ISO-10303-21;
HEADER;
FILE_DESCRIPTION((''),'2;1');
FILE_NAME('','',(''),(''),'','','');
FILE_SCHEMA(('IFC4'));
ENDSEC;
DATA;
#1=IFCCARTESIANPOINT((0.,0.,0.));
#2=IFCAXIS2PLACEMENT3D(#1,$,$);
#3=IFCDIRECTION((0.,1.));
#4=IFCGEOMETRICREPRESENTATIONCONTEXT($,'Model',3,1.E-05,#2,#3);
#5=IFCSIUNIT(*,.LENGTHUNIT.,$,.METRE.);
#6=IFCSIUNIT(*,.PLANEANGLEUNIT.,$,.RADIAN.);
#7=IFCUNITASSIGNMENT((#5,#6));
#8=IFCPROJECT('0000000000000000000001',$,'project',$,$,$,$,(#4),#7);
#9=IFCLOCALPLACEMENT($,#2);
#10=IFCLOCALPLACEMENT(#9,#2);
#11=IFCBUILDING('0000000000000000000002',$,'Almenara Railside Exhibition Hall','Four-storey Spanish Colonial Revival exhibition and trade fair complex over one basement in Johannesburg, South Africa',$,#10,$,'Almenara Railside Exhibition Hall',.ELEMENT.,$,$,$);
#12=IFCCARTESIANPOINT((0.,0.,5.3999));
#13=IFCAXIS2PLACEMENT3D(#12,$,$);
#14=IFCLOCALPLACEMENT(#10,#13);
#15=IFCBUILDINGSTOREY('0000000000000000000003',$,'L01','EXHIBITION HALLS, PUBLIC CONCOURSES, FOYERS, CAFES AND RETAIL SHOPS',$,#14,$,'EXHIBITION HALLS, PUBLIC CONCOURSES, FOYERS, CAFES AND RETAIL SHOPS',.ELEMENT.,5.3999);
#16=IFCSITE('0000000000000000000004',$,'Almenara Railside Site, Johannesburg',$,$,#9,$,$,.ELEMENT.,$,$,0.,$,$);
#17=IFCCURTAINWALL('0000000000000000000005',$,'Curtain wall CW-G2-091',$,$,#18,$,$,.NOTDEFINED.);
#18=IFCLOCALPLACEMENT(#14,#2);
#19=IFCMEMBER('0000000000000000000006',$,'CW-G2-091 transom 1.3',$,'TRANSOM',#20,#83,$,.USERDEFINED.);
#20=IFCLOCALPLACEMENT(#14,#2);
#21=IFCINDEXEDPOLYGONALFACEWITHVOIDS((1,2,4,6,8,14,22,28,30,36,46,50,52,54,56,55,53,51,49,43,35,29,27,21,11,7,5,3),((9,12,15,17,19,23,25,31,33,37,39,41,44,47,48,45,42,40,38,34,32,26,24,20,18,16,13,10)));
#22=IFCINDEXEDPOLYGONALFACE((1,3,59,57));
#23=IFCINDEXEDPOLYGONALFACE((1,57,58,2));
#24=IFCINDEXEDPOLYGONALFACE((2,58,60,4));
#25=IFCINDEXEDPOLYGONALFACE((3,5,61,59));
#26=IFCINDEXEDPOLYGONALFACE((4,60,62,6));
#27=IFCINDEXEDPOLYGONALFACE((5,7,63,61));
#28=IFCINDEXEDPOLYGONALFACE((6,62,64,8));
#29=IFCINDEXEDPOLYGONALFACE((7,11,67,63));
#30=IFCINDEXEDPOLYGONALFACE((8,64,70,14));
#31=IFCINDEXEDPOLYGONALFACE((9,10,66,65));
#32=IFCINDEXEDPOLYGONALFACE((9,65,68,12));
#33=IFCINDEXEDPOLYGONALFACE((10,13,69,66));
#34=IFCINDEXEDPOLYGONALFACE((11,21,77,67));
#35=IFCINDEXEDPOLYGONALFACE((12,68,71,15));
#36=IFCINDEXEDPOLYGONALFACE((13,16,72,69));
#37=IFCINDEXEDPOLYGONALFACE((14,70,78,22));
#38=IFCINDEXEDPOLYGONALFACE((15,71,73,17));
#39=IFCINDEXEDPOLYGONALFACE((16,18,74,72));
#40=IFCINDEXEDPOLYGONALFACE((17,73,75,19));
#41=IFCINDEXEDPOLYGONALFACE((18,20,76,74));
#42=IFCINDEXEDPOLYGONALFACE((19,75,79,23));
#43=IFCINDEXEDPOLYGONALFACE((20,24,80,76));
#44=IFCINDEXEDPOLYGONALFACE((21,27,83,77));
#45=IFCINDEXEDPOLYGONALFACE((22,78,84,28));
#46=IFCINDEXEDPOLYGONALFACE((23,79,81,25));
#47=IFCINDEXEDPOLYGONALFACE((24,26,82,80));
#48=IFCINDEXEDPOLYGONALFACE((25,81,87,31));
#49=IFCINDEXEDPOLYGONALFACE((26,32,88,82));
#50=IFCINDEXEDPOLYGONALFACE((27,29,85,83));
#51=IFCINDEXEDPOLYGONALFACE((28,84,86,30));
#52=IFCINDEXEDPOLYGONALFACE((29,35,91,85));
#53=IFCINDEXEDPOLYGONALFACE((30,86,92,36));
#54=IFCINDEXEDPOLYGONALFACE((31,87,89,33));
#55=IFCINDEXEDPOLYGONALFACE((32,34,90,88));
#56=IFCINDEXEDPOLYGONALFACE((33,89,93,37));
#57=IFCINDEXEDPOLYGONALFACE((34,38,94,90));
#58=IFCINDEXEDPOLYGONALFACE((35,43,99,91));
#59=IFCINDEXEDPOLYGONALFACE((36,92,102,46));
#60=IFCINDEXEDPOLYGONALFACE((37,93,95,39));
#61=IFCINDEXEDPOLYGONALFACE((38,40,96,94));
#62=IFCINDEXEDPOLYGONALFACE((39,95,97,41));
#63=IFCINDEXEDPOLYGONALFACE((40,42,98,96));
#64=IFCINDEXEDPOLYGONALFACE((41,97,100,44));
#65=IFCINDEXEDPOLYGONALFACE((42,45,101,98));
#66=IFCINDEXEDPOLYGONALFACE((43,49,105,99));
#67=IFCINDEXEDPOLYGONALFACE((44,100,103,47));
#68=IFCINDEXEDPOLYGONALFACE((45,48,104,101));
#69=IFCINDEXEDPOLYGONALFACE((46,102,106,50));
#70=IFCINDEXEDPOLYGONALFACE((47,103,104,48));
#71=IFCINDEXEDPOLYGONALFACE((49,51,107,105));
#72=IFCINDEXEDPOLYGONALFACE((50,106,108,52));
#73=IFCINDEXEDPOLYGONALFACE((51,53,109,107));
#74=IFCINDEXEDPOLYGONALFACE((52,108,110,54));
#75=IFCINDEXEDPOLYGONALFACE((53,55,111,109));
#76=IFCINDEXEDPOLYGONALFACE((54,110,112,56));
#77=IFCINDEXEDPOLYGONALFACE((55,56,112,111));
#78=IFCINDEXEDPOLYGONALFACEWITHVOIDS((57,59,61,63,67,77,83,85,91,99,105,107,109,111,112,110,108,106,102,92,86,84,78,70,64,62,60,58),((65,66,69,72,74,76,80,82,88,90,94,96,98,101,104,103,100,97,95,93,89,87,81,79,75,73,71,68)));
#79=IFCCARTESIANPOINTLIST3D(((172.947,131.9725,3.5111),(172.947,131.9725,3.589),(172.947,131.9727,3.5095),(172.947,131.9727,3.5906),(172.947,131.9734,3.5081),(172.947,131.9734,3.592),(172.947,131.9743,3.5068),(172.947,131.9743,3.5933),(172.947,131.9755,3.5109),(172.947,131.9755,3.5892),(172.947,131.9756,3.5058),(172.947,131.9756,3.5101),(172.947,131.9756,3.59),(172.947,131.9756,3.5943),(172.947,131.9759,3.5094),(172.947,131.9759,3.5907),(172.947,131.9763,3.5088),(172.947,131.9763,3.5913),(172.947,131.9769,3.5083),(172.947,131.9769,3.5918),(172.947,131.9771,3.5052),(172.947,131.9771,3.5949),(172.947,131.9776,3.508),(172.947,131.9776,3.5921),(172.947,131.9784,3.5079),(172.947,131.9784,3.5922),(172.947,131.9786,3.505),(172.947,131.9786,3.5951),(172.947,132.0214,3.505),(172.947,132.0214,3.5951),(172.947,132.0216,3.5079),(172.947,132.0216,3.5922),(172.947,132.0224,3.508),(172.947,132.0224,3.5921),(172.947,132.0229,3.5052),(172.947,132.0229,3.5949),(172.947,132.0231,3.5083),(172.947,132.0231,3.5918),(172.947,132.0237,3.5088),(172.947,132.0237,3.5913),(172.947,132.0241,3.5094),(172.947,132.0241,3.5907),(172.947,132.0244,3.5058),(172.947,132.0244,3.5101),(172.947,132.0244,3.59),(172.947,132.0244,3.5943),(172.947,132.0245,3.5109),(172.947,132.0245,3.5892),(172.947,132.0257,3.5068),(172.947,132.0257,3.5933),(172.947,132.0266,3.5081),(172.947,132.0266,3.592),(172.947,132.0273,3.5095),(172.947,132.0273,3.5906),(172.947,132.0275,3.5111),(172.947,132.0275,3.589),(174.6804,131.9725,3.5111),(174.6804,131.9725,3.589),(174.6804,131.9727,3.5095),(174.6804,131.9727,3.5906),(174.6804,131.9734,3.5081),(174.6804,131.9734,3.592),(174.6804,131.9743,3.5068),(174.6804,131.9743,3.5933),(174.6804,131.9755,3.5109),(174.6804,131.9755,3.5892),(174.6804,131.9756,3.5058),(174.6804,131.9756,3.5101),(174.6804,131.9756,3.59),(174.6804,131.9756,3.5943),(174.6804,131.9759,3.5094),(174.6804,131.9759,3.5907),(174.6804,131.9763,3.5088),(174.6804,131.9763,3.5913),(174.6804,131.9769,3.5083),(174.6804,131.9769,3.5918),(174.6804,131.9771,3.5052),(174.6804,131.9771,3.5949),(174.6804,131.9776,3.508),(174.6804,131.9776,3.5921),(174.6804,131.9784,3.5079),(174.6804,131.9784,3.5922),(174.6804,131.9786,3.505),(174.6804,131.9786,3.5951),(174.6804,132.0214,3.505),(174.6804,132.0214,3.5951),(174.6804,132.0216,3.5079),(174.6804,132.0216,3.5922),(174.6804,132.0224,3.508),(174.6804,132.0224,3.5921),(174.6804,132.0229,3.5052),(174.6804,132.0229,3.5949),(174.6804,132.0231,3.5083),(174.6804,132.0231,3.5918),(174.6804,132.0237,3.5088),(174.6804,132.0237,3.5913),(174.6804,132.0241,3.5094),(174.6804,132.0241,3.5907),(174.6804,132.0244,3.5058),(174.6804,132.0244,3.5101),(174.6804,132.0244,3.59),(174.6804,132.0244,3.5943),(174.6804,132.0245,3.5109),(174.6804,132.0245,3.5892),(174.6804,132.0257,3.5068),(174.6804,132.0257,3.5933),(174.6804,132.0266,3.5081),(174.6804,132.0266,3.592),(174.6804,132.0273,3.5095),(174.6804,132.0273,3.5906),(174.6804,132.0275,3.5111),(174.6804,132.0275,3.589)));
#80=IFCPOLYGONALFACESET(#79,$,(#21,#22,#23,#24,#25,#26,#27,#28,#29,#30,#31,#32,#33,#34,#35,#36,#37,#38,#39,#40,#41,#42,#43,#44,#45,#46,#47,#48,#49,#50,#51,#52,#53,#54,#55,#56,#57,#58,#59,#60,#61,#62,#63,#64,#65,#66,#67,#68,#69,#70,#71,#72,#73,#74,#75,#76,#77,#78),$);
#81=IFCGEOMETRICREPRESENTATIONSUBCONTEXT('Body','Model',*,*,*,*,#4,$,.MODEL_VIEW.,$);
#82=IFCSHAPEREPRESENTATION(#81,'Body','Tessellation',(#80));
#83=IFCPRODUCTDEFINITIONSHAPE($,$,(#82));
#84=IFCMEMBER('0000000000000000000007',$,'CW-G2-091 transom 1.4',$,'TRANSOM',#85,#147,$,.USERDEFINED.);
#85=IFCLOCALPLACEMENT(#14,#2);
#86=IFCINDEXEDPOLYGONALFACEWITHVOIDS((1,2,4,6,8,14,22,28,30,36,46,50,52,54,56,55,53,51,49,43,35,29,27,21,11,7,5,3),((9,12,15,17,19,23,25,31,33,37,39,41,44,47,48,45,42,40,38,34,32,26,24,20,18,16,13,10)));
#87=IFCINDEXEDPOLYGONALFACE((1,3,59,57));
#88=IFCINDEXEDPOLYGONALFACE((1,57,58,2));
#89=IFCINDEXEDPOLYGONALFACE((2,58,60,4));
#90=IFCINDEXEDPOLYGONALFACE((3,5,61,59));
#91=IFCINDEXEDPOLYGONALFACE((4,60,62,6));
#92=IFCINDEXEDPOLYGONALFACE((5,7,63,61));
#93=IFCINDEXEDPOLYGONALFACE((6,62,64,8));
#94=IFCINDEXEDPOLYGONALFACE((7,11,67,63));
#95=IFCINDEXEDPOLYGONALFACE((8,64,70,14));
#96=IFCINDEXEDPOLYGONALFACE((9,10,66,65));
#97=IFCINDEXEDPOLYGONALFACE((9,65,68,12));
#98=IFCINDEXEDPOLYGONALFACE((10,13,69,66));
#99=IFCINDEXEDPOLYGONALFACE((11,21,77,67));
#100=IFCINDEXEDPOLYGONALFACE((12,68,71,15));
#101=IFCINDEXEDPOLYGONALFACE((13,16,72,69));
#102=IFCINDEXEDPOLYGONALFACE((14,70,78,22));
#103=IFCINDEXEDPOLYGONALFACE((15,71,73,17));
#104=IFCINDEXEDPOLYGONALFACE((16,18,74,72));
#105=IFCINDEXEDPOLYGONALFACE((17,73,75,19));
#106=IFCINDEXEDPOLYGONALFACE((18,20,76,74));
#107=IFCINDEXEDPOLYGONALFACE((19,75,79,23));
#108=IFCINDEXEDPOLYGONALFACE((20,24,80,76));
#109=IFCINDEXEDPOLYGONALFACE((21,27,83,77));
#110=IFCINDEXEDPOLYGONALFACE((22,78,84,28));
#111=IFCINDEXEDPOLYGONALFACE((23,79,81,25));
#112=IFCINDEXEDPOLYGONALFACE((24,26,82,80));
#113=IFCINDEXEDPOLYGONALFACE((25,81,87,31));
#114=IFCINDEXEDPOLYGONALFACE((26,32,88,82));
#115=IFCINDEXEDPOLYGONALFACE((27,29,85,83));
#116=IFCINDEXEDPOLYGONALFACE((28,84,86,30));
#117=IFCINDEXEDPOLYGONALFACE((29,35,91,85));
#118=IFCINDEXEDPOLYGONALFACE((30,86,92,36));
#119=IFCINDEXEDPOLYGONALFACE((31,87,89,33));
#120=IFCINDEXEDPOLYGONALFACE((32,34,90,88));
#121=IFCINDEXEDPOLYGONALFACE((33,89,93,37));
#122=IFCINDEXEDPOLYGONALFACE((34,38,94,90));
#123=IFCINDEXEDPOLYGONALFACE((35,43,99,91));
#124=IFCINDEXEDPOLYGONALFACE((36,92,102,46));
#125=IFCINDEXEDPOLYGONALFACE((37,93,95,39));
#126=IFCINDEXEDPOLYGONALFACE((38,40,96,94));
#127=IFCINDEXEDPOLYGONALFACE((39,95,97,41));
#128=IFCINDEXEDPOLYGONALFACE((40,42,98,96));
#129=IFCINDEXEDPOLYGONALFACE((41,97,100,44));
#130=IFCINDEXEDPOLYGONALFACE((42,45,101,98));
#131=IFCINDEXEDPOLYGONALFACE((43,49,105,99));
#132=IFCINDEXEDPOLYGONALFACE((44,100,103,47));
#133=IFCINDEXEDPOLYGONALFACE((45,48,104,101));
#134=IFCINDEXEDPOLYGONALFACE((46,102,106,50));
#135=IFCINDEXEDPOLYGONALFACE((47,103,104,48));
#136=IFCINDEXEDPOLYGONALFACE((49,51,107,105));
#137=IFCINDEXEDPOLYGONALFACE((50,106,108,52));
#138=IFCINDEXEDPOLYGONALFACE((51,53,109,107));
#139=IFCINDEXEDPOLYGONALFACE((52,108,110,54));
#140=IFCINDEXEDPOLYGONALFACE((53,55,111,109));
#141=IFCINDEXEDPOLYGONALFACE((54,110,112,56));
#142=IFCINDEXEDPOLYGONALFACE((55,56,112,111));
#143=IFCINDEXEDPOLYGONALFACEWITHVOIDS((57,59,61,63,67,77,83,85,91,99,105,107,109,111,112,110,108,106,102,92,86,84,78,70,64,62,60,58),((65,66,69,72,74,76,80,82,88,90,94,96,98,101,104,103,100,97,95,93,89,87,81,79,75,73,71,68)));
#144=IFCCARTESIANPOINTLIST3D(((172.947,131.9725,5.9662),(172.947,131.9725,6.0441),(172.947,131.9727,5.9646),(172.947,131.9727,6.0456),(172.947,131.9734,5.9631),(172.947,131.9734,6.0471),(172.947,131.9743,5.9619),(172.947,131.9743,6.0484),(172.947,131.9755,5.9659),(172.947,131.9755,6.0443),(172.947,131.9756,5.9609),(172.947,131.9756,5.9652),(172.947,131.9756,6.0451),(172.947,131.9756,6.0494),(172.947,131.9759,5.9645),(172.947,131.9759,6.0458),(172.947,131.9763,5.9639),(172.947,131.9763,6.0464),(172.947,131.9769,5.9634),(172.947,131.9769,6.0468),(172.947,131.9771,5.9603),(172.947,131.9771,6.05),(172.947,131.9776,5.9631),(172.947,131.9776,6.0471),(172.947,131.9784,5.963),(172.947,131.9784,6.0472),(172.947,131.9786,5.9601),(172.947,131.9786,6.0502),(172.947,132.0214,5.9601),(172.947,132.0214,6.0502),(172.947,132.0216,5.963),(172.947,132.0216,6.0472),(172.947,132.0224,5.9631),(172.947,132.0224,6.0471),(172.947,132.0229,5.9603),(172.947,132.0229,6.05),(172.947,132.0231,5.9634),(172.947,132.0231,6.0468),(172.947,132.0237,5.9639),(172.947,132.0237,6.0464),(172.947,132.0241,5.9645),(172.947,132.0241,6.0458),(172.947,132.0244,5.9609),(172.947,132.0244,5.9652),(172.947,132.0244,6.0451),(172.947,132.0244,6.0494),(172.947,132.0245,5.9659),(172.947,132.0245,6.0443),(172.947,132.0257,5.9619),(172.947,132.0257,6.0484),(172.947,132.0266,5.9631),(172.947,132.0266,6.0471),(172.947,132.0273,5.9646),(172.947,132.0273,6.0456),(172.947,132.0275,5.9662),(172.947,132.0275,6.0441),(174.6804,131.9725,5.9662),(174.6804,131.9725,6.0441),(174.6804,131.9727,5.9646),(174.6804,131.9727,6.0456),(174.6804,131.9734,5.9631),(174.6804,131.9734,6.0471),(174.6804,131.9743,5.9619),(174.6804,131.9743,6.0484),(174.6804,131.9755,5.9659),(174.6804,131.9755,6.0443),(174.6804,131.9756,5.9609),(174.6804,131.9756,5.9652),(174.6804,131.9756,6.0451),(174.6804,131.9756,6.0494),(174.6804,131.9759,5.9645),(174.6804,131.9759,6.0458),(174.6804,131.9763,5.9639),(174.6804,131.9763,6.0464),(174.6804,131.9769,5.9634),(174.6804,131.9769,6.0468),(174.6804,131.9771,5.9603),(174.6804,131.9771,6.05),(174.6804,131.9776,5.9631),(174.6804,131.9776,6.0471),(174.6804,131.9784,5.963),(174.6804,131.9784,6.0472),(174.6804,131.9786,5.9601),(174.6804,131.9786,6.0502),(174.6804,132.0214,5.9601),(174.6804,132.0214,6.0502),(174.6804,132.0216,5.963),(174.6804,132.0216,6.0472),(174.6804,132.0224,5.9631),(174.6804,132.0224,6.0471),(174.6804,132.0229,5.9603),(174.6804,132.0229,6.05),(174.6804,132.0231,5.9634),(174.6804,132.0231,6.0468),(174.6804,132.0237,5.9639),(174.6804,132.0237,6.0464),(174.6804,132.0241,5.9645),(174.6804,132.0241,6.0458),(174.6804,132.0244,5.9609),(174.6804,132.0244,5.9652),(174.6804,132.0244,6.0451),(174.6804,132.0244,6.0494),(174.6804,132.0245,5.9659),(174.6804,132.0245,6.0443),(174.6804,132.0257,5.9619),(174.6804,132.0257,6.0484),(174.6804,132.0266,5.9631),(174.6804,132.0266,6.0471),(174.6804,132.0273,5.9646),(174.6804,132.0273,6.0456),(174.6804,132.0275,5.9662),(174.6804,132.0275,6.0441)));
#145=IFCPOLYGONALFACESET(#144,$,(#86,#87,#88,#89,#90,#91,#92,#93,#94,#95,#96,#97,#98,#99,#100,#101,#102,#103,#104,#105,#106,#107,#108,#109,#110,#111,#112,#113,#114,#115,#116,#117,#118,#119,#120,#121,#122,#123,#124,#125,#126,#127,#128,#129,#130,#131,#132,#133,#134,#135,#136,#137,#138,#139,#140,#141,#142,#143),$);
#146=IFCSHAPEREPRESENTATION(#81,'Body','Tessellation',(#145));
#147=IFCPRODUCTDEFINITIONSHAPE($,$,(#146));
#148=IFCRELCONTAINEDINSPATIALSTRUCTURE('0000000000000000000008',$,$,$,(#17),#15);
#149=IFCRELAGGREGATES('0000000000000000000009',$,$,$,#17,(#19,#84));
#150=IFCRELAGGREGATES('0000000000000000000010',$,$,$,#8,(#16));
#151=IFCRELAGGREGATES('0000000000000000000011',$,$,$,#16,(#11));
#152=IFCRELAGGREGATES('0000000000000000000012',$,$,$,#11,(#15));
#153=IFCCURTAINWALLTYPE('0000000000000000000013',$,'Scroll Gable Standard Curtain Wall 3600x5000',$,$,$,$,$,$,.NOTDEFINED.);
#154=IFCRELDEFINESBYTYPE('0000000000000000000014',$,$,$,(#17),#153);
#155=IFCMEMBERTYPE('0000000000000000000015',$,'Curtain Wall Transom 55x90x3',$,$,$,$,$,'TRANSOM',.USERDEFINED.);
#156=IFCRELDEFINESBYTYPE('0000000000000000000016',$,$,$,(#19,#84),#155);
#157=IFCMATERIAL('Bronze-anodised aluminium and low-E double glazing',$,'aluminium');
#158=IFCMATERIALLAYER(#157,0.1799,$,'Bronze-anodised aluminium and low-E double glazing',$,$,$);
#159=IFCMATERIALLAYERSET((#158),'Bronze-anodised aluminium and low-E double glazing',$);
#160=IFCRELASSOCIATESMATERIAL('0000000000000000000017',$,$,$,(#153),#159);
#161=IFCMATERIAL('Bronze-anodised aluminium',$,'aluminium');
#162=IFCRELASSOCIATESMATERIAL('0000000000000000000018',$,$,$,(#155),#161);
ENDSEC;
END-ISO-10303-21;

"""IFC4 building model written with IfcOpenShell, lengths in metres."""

from ifc_helpers import new_model, si_unit, direction, frame, origin, origin_2d, place, context, subcontext, project, spatial, hollow_rectangle, extrude, material, layer, layer_set, material_profile, profile_set, type_object, element, aggregate, save


model = new_model("IFC4")

# Units and contexts
model_context = context("Model", 3, precision=1e-05, world=origin(), true_north=direction((0.0, 1.0)))
body_context = subcontext(model_context, "Body", "Model", "MODEL_VIEW")
ifc_project = project(units=[si_unit("LENGTHUNIT", "METRE"), si_unit("PLANEANGLEUNIT", "RADIAN")], contexts=[model_context])

# Site, building, storey
site_placement = place(None, origin())
site = spatial("IfcSite", under=ifc_project, at=site_placement, Name="Almenara Railside Site, Johannesburg", CompositionType="ELEMENT", RefElevation=0.0)
building_placement = place(site_placement, origin())
building = spatial("IfcBuilding", under=site, at=building_placement, Name="Almenara Railside Exhibition Hall", Description="Four-storey Spanish Colonial Revival exhibition and trade fair complex over one basement in Johannesburg, South Africa", LongName="Almenara Railside Exhibition Hall", CompositionType="ELEMENT")
storey_placement = place(building_placement, frame((0.0, 0.0, 5.3999)))
storey = spatial("IfcBuildingStorey", under=building, at=storey_placement, Name="L01", Description="EXHIBITION HALLS, PUBLIC CONCOURSES, FOYERS, CAFES AND RETAIL SHOPS", LongName="EXHIBITION HALLS, PUBLIC CONCOURSES, FOYERS, CAFES AND RETAIL SHOPS", CompositionType="ELEMENT", Elevation=5.3999)

# Curtain wall
ifc_material_1 = material(Name="Bronze-anodised aluminium and low-E double glazing", Category="aluminium")
ifc_layer_1 = layer(ifc_material_1, 0.1799, Name="Bronze-anodised aluminium and low-E double glazing")
ifc_layer_set_1 = layer_set([ifc_layer_1], Name="Bronze-anodised aluminium and low-E double glazing")
curtain_wall_type = type_object("IfcCurtainWallType", Name="Scroll Gable Standard Curtain Wall 3600x5000", PredefinedType="NOTDEFINED", material=ifc_layer_set_1)
curtain_wall_1_placement = place(storey_placement, origin())
curtain_wall_1 = element("IfcCurtainWall", 1, at=curtain_wall_1_placement, inside=storey, type_object=curtain_wall_type, Name="Curtain wall CW-G2-091", PredefinedType="NOTDEFINED")
ifc_material_2 = material(Name="Bronze-anodised aluminium", Category="aluminium")

# Members
ifc_material_profile_1 = material_profile(ifc_material_2, hollow_rectangle(XDim=0.0549, YDim=0.0901, WallThickness=0.0029, InnerFilletRadius=0.0029, OuterFilletRadius=0.0061, at=origin_2d()), Name="ALU-TRN 55x90x3")
ifc_profile_set_1 = profile_set([ifc_material_profile_1], Name="Bronze-anodised aluminium")
member_type_1 = type_object("IfcMemberType", Name="Curtain Wall Transom 55x90x3", ElementType="TRANSOM", PredefinedType="USERDEFINED", material=ifc_profile_set_1)
member_1_placement = place(storey_placement, frame((172.947, 132.0, 3.55), z_axis=(1.0, 0.0, 0.0), x_axis=(0.0, 1.0, 0.0)))
member_1 = element("IfcMember", 2, at=member_1_placement, type_object=member_type_1, Name="CW-G2-091 transom 1.3", ObjectType="TRANSOM", PredefinedType="USERDEFINED", context=body_context, shape_type="SweptSolid", body=[
    extrude(hollow_rectangle(XDim=0.0549, YDim=0.0901, WallThickness=0.0029, InnerFilletRadius=0.0029, OuterFilletRadius=0.0061, at=origin_2d()), origin(), (0.0, 0.0, 1.0), 1.7334),
])
member_2_placement = place(storey_placement, frame((172.947, 132.0, 6.0051), z_axis=(1.0, 0.0, 0.0), x_axis=(0.0, 1.0, 0.0)))
member_2 = element("IfcMember", 3, at=member_2_placement, type_object=member_type_1, Name="CW-G2-091 transom 1.4", ObjectType="TRANSOM", PredefinedType="USERDEFINED", context=body_context, shape_type="SweptSolid", body=[
    extrude(hollow_rectangle(XDim=0.0549, YDim=0.0901, WallThickness=0.0029, InnerFilletRadius=0.0029, OuterFilletRadius=0.0061, at=origin_2d()), origin(), (0.0, 0.0, 1.0), 1.7334),
])

aggregate(curtain_wall_1, [member_1, member_2])

save(model, "model.ifc")
